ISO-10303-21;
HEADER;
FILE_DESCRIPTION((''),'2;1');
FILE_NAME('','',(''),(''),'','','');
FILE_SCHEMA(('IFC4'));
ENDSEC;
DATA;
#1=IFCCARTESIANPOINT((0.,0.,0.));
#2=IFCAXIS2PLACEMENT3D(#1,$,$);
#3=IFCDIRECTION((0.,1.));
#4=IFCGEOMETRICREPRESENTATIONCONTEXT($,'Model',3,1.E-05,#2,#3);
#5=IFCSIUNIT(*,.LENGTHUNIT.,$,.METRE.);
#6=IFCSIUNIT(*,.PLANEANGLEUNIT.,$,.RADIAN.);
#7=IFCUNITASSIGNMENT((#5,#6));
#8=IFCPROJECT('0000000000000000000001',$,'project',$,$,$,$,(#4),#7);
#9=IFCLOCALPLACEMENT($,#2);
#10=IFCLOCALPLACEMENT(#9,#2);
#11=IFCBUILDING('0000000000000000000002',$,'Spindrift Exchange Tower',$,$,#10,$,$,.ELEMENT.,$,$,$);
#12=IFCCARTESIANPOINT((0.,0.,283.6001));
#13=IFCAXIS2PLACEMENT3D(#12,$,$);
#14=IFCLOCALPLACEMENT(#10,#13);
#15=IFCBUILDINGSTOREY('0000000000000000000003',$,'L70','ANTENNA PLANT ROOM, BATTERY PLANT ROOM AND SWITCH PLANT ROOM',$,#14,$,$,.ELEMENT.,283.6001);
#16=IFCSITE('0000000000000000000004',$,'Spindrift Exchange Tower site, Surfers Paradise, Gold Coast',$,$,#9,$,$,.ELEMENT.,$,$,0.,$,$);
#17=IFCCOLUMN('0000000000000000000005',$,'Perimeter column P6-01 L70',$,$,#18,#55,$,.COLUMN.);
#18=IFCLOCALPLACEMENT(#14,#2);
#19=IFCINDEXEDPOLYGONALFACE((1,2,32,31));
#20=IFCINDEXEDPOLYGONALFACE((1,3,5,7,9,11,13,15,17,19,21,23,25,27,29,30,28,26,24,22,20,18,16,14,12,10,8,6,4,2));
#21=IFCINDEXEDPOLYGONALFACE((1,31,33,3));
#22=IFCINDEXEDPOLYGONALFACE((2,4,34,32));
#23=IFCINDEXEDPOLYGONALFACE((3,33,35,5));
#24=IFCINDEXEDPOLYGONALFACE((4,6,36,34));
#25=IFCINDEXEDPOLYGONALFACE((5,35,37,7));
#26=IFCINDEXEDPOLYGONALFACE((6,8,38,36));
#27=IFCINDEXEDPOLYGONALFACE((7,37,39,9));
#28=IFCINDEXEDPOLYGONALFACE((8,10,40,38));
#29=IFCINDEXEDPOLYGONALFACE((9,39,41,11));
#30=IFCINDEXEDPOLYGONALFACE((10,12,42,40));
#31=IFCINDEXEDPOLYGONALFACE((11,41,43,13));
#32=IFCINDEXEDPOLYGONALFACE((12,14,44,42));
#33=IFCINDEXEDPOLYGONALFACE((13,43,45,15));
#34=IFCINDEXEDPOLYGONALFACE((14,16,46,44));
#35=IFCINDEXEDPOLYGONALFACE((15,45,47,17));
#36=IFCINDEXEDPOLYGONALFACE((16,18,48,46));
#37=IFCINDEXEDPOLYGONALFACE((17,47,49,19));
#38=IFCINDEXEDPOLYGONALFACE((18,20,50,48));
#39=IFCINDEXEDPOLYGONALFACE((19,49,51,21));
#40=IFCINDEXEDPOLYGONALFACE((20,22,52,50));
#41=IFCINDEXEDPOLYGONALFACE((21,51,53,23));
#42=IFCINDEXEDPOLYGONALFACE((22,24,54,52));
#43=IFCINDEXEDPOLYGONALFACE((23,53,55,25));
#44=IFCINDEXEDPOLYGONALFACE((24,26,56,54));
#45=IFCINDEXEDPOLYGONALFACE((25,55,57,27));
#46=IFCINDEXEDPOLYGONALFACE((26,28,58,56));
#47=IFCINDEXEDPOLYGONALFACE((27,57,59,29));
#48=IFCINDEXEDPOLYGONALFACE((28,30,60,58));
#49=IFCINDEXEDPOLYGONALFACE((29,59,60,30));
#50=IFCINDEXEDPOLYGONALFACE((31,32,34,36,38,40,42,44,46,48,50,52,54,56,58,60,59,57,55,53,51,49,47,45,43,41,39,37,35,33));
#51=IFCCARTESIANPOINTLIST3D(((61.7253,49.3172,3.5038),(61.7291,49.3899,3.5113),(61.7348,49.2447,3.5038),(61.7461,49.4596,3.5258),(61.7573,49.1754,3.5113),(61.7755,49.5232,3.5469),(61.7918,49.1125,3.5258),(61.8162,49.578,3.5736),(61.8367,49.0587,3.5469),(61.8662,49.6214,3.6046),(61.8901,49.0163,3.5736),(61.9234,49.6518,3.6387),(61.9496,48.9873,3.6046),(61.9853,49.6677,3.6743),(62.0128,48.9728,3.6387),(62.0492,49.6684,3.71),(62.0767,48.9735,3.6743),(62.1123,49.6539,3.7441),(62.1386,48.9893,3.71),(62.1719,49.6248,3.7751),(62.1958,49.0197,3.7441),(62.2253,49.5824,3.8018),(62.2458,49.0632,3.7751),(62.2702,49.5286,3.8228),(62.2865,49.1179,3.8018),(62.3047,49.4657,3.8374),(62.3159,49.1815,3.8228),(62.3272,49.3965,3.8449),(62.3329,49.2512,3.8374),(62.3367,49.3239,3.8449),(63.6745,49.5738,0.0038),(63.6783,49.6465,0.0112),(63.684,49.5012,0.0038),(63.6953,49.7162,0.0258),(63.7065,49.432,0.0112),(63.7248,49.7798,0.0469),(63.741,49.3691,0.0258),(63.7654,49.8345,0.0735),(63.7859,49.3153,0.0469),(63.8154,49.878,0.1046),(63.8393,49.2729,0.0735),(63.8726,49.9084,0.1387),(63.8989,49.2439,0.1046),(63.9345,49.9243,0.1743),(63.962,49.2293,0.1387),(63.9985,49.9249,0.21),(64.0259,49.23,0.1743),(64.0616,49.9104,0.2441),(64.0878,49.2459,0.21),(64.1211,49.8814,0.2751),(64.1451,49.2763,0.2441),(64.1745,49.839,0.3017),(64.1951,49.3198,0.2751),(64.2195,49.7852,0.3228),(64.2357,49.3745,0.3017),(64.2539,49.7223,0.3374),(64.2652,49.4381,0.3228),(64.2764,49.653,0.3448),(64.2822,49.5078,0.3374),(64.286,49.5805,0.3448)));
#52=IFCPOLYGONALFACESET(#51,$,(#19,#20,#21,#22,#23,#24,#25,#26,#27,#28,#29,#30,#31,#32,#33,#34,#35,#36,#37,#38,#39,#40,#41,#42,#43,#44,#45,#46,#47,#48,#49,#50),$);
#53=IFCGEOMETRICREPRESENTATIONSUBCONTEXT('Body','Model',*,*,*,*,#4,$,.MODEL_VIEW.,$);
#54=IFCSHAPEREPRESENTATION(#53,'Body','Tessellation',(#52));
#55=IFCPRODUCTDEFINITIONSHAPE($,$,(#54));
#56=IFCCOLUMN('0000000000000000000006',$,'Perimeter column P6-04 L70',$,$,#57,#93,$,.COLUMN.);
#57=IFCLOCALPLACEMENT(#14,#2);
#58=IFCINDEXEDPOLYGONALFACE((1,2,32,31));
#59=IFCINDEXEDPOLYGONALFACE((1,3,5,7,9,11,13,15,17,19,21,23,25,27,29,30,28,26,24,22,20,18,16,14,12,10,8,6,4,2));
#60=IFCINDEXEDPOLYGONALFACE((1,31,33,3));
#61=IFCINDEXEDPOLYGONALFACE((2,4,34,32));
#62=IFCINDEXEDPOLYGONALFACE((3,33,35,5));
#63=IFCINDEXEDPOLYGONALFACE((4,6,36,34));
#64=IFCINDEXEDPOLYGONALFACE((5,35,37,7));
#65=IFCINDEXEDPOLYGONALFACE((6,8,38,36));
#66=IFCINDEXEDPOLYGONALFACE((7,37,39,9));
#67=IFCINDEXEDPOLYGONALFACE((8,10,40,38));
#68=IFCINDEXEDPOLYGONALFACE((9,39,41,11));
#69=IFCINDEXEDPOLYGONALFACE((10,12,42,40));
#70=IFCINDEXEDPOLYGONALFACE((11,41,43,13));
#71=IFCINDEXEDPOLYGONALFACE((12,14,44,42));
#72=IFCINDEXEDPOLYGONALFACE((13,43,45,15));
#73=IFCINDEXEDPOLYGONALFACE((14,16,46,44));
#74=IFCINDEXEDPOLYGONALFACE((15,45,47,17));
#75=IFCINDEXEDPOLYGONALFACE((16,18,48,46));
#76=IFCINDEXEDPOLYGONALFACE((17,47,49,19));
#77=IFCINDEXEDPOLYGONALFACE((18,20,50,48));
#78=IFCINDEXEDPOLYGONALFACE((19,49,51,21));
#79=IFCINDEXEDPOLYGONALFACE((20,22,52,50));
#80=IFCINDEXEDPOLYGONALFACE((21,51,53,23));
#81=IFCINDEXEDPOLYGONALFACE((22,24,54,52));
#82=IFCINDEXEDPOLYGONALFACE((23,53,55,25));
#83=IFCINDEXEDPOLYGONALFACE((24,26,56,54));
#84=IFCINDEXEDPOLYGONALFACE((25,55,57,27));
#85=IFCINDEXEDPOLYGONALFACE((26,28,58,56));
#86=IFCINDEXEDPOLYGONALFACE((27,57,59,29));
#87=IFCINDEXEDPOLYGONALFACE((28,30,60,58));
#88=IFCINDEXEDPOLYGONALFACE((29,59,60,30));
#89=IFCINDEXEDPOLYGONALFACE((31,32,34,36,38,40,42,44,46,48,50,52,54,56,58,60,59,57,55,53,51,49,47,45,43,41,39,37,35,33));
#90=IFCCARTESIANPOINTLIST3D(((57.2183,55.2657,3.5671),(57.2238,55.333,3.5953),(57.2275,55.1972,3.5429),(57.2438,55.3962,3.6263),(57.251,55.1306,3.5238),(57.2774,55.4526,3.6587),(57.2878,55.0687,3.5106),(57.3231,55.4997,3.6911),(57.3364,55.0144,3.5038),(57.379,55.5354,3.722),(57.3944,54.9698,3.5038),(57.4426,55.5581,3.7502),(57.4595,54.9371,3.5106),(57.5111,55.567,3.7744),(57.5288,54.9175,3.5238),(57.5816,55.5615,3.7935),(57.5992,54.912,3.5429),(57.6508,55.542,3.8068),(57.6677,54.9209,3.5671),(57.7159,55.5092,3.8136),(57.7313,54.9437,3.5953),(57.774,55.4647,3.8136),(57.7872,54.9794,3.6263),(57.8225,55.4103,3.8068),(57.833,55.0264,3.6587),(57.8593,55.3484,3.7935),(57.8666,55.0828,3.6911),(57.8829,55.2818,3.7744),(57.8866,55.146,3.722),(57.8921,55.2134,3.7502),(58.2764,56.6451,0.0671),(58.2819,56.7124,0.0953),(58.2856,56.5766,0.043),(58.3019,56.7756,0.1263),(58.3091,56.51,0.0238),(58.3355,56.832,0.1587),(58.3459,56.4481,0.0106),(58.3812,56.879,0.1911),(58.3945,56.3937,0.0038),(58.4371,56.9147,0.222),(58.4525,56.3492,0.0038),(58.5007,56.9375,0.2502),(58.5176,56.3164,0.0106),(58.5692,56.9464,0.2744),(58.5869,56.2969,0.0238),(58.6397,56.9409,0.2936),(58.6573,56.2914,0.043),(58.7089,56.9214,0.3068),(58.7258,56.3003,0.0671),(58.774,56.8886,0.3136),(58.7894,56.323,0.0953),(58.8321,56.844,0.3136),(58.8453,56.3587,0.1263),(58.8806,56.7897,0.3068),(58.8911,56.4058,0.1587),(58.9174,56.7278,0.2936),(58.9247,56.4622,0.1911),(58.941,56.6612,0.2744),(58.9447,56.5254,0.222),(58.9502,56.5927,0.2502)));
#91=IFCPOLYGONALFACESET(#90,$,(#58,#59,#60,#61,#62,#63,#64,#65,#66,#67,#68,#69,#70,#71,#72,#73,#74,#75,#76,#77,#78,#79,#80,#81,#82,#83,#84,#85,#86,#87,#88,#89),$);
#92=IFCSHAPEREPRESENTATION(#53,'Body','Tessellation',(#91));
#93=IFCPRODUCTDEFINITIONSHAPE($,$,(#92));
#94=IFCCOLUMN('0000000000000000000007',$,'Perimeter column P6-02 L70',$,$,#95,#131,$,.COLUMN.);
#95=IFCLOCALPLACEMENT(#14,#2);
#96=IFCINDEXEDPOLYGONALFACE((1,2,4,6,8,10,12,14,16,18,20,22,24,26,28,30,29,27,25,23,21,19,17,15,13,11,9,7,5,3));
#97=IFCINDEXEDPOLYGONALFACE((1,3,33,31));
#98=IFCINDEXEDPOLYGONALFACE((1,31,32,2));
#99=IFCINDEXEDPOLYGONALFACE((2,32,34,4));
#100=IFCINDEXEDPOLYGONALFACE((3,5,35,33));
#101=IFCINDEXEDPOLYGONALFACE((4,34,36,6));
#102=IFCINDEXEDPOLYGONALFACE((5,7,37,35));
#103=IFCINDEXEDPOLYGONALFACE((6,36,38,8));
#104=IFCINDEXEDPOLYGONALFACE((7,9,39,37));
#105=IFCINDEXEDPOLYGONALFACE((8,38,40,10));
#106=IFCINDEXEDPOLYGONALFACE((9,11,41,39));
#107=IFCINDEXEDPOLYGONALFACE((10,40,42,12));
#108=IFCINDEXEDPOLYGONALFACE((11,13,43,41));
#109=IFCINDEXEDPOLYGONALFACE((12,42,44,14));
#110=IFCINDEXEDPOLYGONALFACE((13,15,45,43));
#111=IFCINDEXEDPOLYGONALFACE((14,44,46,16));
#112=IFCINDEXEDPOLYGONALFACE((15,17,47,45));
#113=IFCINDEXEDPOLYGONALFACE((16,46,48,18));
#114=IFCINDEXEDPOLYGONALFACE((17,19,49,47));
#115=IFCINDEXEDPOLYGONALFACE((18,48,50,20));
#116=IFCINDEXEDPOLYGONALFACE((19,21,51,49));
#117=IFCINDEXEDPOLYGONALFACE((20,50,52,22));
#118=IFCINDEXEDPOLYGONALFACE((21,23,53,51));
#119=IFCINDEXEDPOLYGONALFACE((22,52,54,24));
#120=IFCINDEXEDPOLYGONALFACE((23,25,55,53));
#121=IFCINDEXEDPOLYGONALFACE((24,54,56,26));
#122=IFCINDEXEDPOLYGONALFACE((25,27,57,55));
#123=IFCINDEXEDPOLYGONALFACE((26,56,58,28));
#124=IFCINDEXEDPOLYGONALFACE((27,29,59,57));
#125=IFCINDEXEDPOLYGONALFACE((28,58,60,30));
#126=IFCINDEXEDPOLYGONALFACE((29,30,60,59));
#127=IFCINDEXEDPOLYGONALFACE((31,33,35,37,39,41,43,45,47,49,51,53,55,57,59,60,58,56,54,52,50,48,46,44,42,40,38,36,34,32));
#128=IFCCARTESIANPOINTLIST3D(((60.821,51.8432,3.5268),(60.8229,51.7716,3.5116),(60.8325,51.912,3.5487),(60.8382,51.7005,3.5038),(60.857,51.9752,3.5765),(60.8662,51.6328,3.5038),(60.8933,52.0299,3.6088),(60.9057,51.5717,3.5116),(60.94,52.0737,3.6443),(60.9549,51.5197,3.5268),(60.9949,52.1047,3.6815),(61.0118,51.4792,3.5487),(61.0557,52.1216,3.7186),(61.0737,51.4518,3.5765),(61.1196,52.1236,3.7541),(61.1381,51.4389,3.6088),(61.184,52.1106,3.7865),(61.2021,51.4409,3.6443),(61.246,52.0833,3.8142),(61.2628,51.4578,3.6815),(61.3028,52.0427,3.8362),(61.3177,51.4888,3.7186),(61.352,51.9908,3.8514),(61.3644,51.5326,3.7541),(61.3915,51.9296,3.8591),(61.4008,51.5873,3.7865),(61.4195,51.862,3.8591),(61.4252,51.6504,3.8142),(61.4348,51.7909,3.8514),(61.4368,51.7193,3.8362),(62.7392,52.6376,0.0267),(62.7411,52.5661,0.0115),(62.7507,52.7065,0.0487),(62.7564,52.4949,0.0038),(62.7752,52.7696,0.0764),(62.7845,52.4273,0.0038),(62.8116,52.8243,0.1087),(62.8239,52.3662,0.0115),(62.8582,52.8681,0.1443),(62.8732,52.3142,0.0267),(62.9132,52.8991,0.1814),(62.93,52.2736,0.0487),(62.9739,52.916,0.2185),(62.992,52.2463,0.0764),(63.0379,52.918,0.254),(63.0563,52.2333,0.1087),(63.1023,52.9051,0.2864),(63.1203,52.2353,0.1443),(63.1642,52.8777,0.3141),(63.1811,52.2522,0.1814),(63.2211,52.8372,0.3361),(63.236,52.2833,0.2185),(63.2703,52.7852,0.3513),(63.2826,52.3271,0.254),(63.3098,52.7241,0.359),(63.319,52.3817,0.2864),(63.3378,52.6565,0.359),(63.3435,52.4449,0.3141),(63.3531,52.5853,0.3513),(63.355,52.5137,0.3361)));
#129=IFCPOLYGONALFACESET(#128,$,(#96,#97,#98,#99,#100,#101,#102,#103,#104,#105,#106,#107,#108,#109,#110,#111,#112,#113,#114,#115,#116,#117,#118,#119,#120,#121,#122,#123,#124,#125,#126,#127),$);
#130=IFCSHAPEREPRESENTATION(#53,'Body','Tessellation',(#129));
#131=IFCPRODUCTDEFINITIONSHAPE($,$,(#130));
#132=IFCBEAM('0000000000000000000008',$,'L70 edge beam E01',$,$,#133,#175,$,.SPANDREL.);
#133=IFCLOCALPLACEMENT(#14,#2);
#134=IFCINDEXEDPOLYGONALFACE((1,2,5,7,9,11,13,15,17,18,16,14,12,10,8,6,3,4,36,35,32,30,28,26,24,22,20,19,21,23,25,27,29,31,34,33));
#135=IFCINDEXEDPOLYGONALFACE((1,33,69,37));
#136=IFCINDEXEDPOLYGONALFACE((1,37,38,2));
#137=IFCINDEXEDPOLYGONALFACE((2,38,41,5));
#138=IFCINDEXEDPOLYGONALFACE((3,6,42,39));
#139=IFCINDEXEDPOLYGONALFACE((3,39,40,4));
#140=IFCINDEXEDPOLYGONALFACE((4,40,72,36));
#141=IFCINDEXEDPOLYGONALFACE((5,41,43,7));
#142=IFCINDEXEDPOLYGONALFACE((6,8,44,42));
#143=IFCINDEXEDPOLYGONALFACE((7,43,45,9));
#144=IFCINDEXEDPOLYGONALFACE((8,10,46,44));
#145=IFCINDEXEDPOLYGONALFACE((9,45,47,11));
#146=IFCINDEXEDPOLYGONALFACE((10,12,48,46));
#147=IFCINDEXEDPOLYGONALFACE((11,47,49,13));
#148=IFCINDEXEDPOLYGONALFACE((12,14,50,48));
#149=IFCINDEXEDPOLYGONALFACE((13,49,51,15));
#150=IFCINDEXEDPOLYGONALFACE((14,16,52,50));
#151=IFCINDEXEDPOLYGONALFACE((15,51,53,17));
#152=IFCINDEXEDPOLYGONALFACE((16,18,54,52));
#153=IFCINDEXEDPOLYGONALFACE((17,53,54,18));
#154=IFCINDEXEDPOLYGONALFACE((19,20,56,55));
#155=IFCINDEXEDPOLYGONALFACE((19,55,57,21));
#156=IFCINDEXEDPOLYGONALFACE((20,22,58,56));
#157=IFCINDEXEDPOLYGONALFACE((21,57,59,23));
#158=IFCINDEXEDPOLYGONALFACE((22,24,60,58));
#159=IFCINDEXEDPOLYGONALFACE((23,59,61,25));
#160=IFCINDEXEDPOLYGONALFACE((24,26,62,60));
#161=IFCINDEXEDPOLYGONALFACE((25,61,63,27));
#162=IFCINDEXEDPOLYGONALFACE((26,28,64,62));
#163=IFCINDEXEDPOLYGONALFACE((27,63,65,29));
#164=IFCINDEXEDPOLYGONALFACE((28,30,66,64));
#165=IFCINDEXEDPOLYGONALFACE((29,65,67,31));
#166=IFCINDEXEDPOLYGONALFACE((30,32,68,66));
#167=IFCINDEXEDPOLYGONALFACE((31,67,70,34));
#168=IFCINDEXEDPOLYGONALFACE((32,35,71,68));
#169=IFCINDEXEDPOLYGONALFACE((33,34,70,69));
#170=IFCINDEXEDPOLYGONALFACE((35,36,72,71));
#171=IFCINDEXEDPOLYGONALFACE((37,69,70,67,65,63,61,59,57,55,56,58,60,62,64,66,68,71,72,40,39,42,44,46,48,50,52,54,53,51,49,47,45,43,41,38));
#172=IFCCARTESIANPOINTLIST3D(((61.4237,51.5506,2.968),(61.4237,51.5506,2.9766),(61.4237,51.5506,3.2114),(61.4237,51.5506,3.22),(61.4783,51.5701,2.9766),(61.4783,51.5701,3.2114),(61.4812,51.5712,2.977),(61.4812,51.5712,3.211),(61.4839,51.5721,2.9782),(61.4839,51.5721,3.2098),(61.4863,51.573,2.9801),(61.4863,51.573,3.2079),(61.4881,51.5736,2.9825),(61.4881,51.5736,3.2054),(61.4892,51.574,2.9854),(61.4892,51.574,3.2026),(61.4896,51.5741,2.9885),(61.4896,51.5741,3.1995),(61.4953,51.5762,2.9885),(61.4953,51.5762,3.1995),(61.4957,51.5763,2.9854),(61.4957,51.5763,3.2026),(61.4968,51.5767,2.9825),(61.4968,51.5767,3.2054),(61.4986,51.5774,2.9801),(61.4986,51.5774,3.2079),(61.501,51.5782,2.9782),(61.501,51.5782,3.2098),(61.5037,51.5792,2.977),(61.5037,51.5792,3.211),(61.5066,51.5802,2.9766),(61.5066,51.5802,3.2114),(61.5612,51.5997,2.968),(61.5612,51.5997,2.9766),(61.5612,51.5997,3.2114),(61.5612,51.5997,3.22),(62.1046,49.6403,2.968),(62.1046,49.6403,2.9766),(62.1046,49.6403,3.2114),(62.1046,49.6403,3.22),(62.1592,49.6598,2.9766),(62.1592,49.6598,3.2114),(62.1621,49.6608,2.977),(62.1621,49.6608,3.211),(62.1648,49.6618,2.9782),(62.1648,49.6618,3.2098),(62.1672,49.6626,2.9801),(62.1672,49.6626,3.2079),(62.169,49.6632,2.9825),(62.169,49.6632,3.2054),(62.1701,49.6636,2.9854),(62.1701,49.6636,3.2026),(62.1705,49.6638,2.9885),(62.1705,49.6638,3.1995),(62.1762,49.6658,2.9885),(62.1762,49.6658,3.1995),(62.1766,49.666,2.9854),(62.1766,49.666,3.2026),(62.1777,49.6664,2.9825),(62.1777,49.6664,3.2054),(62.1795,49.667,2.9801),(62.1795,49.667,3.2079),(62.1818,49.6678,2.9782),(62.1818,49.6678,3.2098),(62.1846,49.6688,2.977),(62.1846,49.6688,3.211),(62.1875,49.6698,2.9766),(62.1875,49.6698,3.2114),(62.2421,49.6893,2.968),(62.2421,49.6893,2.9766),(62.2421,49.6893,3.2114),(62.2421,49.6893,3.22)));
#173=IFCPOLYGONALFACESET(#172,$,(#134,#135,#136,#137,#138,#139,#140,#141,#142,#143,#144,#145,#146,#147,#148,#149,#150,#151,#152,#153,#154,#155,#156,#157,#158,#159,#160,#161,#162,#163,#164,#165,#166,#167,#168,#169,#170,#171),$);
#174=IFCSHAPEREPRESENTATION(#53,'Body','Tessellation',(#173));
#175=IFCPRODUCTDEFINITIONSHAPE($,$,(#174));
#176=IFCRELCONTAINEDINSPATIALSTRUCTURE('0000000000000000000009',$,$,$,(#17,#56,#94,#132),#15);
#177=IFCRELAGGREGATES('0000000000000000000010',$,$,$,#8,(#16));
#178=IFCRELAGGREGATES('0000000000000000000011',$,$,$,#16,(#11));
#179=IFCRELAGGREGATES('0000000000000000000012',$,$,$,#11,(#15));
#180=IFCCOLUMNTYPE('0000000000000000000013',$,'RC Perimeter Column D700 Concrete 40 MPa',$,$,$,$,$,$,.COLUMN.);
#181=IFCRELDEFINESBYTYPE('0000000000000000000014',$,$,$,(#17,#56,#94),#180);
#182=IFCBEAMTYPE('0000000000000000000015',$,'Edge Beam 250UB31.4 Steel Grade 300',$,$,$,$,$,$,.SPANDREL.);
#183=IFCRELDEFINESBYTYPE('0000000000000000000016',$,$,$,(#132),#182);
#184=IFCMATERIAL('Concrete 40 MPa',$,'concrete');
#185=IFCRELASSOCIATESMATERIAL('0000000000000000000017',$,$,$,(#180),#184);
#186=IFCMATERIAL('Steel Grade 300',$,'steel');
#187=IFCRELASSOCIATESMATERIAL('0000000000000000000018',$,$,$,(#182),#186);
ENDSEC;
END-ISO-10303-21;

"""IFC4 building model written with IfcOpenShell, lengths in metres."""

from ifc_helpers import new_model, si_unit, direction, frame, origin, origin_2d, place, context, subcontext, project, spatial, circle, i_section, extrude, source, transform, mapped, material, material_profile, profile_set, type_object, element, save


model = new_model("IFC4")

# Units and contexts
model_context = context("Model", 3, precision=1e-05, world=origin(), true_north=direction((0.0, 1.0)))
body_context = subcontext(model_context, "Body", "Model", "MODEL_VIEW")
ifc_project = project(units=[si_unit("LENGTHUNIT", "METRE"), si_unit("PLANEANGLEUNIT", "RADIAN")], contexts=[model_context])

# Site, building, storey
site_placement = place(None, origin())
site = spatial("IfcSite", under=ifc_project, at=site_placement, Name="Spindrift Exchange Tower site, Surfers Paradise, Gold Coast", CompositionType="ELEMENT", RefElevation=0.0)
building_placement = place(site_placement, origin())
building = spatial("IfcBuilding", under=site, at=building_placement, Name="Spindrift Exchange Tower", CompositionType="ELEMENT")
storey_placement = place(building_placement, frame((0.0, 0.0, 283.6001)))
storey = spatial("IfcBuildingStorey", under=building, at=storey_placement, Name="L70", Description="ANTENNA PLANT ROOM, BATTERY PLANT ROOM AND SWITCH PLANT ROOM", CompositionType="ELEMENT", Elevation=283.6001)

# Columns
ifc_material_1 = material(Name="Concrete 40 MPa", Category="concrete")
ifc_material_profile_1 = material_profile(ifc_material_1, circle(Radius=0.3501, at=origin_2d()), Name="RC D700")
ifc_profile_set_1 = profile_set([ifc_material_profile_1], Name="Concrete 40 MPa")
column_type = type_object("IfcColumnType", Name="RC Perimeter Column D700 Concrete 40 MPa", PredefinedType="COLUMN", material=ifc_profile_set_1)
shared_shape_1 = source(origin(), body_context, "Body", "SweptSolid", [
    extrude(circle(Radius=0.3501, at=origin_2d()), origin(), (0.0, 0.0, 1.0), 4.0144),
])
column_1_placement = place(storey_placement, frame((63.9802, 49.5771, 0.1743), z_axis=(-0.485558, -0.063918, 0.871864), x_axis=(0.130512, -0.991447, 0.0)))
element("IfcColumn", 1, at=column_1_placement, inside=storey, type_object=column_type, Name="Perimeter column P6-01 L70", PredefinedType="COLUMN", context=body_context, shape_type="MappedRepresentation", body=[
    mapped(shared_shape_1, transform((0.0, 0.0, 0.0), scale=1.0)),
])
shared_shape_2 = source(origin(), body_context, "Body", "SweptSolid", [
    extrude(circle(Radius=0.3501, at=origin_2d()), origin(), (0.0, 0.0, 1.0), 3.908),
])
column_2_placement = place(storey_placement, frame((58.6133, 56.6189, 0.1587), z_axis=(-0.270755, -0.352969, 0.895603), x_axis=(0.793448, -0.608638, 0.0)))
element("IfcColumn", 2, at=column_2_placement, inside=storey, type_object=column_type, Name="Perimeter column P6-04 L70", PredefinedType="COLUMN", context=body_context, shape_type="MappedRepresentation", body=[
    mapped(shared_shape_2, transform((0.0, 0.0, 0.0), scale=1.0)),
])
shared_shape_3 = source(origin(), body_context, "Body", "SweptSolid", [
    extrude(circle(Radius=0.3501, at=origin_2d()), origin(), (0.0, 0.0, 1.0), 4.0696),
])
column_3_placement = place(storey_placement, frame((63.0471, 52.5757, 0.1814), z_axis=(-0.471366, -0.195217, 0.860061), x_axis=(0.382636, -0.923899, 0.0)))
element("IfcColumn", 3, at=column_3_placement, inside=storey, type_object=column_type, Name="Perimeter column P6-02 L70", PredefinedType="COLUMN", context=body_context, shape_type="MappedRepresentation", body=[
    mapped(shared_shape_3, transform((0.0, 0.0, 0.0), scale=1.0)),
])

# Beam
ifc_material_2 = material(Name="Steel Grade 300", Category="steel")
ifc_material_profile_2 = material_profile(ifc_material_2, i_section(OverallWidth=0.146, OverallDepth=0.252, WebThickness=0.0061, FlangeThickness=0.0085, FilletRadius=0.012, at=origin_2d()), Name="250UB31.4")
ifc_profile_set_2 = profile_set([ifc_material_profile_2], Name="Steel Grade 300")
beam_type = type_object("IfcBeamType", Name="Edge Beam 250UB31.4 Steel Grade 300", PredefinedType="SPANDREL", material=ifc_profile_set_2)
shared_shape_4 = source(origin(), body_context, "Body", "SweptSolid", [
    extrude(i_section(OverallWidth=0.146, OverallDepth=0.252, WebThickness=0.0061, FlangeThickness=0.0085, FilletRadius=0.012, at=origin_2d()), origin(), (0.0, 0.0, 1.0), 2.0281),
])
beam_1_placement = place(storey_placement, frame((62.1733, 49.6648, 3.094), z_axis=(-0.335734, 0.941957, 0.0), x_axis=(-0.941957, -0.335734, 0.0)))
element("IfcBeam", 4, at=beam_1_placement, inside=storey, type_object=beam_type, Name="L70 edge beam E01", PredefinedType="SPANDREL", context=body_context, shape_type="MappedRepresentation", body=[
    mapped(shared_shape_4, transform((0.0, 0.0, 0.0), scale=1.0)),
])

save(model, "model.ifc")
